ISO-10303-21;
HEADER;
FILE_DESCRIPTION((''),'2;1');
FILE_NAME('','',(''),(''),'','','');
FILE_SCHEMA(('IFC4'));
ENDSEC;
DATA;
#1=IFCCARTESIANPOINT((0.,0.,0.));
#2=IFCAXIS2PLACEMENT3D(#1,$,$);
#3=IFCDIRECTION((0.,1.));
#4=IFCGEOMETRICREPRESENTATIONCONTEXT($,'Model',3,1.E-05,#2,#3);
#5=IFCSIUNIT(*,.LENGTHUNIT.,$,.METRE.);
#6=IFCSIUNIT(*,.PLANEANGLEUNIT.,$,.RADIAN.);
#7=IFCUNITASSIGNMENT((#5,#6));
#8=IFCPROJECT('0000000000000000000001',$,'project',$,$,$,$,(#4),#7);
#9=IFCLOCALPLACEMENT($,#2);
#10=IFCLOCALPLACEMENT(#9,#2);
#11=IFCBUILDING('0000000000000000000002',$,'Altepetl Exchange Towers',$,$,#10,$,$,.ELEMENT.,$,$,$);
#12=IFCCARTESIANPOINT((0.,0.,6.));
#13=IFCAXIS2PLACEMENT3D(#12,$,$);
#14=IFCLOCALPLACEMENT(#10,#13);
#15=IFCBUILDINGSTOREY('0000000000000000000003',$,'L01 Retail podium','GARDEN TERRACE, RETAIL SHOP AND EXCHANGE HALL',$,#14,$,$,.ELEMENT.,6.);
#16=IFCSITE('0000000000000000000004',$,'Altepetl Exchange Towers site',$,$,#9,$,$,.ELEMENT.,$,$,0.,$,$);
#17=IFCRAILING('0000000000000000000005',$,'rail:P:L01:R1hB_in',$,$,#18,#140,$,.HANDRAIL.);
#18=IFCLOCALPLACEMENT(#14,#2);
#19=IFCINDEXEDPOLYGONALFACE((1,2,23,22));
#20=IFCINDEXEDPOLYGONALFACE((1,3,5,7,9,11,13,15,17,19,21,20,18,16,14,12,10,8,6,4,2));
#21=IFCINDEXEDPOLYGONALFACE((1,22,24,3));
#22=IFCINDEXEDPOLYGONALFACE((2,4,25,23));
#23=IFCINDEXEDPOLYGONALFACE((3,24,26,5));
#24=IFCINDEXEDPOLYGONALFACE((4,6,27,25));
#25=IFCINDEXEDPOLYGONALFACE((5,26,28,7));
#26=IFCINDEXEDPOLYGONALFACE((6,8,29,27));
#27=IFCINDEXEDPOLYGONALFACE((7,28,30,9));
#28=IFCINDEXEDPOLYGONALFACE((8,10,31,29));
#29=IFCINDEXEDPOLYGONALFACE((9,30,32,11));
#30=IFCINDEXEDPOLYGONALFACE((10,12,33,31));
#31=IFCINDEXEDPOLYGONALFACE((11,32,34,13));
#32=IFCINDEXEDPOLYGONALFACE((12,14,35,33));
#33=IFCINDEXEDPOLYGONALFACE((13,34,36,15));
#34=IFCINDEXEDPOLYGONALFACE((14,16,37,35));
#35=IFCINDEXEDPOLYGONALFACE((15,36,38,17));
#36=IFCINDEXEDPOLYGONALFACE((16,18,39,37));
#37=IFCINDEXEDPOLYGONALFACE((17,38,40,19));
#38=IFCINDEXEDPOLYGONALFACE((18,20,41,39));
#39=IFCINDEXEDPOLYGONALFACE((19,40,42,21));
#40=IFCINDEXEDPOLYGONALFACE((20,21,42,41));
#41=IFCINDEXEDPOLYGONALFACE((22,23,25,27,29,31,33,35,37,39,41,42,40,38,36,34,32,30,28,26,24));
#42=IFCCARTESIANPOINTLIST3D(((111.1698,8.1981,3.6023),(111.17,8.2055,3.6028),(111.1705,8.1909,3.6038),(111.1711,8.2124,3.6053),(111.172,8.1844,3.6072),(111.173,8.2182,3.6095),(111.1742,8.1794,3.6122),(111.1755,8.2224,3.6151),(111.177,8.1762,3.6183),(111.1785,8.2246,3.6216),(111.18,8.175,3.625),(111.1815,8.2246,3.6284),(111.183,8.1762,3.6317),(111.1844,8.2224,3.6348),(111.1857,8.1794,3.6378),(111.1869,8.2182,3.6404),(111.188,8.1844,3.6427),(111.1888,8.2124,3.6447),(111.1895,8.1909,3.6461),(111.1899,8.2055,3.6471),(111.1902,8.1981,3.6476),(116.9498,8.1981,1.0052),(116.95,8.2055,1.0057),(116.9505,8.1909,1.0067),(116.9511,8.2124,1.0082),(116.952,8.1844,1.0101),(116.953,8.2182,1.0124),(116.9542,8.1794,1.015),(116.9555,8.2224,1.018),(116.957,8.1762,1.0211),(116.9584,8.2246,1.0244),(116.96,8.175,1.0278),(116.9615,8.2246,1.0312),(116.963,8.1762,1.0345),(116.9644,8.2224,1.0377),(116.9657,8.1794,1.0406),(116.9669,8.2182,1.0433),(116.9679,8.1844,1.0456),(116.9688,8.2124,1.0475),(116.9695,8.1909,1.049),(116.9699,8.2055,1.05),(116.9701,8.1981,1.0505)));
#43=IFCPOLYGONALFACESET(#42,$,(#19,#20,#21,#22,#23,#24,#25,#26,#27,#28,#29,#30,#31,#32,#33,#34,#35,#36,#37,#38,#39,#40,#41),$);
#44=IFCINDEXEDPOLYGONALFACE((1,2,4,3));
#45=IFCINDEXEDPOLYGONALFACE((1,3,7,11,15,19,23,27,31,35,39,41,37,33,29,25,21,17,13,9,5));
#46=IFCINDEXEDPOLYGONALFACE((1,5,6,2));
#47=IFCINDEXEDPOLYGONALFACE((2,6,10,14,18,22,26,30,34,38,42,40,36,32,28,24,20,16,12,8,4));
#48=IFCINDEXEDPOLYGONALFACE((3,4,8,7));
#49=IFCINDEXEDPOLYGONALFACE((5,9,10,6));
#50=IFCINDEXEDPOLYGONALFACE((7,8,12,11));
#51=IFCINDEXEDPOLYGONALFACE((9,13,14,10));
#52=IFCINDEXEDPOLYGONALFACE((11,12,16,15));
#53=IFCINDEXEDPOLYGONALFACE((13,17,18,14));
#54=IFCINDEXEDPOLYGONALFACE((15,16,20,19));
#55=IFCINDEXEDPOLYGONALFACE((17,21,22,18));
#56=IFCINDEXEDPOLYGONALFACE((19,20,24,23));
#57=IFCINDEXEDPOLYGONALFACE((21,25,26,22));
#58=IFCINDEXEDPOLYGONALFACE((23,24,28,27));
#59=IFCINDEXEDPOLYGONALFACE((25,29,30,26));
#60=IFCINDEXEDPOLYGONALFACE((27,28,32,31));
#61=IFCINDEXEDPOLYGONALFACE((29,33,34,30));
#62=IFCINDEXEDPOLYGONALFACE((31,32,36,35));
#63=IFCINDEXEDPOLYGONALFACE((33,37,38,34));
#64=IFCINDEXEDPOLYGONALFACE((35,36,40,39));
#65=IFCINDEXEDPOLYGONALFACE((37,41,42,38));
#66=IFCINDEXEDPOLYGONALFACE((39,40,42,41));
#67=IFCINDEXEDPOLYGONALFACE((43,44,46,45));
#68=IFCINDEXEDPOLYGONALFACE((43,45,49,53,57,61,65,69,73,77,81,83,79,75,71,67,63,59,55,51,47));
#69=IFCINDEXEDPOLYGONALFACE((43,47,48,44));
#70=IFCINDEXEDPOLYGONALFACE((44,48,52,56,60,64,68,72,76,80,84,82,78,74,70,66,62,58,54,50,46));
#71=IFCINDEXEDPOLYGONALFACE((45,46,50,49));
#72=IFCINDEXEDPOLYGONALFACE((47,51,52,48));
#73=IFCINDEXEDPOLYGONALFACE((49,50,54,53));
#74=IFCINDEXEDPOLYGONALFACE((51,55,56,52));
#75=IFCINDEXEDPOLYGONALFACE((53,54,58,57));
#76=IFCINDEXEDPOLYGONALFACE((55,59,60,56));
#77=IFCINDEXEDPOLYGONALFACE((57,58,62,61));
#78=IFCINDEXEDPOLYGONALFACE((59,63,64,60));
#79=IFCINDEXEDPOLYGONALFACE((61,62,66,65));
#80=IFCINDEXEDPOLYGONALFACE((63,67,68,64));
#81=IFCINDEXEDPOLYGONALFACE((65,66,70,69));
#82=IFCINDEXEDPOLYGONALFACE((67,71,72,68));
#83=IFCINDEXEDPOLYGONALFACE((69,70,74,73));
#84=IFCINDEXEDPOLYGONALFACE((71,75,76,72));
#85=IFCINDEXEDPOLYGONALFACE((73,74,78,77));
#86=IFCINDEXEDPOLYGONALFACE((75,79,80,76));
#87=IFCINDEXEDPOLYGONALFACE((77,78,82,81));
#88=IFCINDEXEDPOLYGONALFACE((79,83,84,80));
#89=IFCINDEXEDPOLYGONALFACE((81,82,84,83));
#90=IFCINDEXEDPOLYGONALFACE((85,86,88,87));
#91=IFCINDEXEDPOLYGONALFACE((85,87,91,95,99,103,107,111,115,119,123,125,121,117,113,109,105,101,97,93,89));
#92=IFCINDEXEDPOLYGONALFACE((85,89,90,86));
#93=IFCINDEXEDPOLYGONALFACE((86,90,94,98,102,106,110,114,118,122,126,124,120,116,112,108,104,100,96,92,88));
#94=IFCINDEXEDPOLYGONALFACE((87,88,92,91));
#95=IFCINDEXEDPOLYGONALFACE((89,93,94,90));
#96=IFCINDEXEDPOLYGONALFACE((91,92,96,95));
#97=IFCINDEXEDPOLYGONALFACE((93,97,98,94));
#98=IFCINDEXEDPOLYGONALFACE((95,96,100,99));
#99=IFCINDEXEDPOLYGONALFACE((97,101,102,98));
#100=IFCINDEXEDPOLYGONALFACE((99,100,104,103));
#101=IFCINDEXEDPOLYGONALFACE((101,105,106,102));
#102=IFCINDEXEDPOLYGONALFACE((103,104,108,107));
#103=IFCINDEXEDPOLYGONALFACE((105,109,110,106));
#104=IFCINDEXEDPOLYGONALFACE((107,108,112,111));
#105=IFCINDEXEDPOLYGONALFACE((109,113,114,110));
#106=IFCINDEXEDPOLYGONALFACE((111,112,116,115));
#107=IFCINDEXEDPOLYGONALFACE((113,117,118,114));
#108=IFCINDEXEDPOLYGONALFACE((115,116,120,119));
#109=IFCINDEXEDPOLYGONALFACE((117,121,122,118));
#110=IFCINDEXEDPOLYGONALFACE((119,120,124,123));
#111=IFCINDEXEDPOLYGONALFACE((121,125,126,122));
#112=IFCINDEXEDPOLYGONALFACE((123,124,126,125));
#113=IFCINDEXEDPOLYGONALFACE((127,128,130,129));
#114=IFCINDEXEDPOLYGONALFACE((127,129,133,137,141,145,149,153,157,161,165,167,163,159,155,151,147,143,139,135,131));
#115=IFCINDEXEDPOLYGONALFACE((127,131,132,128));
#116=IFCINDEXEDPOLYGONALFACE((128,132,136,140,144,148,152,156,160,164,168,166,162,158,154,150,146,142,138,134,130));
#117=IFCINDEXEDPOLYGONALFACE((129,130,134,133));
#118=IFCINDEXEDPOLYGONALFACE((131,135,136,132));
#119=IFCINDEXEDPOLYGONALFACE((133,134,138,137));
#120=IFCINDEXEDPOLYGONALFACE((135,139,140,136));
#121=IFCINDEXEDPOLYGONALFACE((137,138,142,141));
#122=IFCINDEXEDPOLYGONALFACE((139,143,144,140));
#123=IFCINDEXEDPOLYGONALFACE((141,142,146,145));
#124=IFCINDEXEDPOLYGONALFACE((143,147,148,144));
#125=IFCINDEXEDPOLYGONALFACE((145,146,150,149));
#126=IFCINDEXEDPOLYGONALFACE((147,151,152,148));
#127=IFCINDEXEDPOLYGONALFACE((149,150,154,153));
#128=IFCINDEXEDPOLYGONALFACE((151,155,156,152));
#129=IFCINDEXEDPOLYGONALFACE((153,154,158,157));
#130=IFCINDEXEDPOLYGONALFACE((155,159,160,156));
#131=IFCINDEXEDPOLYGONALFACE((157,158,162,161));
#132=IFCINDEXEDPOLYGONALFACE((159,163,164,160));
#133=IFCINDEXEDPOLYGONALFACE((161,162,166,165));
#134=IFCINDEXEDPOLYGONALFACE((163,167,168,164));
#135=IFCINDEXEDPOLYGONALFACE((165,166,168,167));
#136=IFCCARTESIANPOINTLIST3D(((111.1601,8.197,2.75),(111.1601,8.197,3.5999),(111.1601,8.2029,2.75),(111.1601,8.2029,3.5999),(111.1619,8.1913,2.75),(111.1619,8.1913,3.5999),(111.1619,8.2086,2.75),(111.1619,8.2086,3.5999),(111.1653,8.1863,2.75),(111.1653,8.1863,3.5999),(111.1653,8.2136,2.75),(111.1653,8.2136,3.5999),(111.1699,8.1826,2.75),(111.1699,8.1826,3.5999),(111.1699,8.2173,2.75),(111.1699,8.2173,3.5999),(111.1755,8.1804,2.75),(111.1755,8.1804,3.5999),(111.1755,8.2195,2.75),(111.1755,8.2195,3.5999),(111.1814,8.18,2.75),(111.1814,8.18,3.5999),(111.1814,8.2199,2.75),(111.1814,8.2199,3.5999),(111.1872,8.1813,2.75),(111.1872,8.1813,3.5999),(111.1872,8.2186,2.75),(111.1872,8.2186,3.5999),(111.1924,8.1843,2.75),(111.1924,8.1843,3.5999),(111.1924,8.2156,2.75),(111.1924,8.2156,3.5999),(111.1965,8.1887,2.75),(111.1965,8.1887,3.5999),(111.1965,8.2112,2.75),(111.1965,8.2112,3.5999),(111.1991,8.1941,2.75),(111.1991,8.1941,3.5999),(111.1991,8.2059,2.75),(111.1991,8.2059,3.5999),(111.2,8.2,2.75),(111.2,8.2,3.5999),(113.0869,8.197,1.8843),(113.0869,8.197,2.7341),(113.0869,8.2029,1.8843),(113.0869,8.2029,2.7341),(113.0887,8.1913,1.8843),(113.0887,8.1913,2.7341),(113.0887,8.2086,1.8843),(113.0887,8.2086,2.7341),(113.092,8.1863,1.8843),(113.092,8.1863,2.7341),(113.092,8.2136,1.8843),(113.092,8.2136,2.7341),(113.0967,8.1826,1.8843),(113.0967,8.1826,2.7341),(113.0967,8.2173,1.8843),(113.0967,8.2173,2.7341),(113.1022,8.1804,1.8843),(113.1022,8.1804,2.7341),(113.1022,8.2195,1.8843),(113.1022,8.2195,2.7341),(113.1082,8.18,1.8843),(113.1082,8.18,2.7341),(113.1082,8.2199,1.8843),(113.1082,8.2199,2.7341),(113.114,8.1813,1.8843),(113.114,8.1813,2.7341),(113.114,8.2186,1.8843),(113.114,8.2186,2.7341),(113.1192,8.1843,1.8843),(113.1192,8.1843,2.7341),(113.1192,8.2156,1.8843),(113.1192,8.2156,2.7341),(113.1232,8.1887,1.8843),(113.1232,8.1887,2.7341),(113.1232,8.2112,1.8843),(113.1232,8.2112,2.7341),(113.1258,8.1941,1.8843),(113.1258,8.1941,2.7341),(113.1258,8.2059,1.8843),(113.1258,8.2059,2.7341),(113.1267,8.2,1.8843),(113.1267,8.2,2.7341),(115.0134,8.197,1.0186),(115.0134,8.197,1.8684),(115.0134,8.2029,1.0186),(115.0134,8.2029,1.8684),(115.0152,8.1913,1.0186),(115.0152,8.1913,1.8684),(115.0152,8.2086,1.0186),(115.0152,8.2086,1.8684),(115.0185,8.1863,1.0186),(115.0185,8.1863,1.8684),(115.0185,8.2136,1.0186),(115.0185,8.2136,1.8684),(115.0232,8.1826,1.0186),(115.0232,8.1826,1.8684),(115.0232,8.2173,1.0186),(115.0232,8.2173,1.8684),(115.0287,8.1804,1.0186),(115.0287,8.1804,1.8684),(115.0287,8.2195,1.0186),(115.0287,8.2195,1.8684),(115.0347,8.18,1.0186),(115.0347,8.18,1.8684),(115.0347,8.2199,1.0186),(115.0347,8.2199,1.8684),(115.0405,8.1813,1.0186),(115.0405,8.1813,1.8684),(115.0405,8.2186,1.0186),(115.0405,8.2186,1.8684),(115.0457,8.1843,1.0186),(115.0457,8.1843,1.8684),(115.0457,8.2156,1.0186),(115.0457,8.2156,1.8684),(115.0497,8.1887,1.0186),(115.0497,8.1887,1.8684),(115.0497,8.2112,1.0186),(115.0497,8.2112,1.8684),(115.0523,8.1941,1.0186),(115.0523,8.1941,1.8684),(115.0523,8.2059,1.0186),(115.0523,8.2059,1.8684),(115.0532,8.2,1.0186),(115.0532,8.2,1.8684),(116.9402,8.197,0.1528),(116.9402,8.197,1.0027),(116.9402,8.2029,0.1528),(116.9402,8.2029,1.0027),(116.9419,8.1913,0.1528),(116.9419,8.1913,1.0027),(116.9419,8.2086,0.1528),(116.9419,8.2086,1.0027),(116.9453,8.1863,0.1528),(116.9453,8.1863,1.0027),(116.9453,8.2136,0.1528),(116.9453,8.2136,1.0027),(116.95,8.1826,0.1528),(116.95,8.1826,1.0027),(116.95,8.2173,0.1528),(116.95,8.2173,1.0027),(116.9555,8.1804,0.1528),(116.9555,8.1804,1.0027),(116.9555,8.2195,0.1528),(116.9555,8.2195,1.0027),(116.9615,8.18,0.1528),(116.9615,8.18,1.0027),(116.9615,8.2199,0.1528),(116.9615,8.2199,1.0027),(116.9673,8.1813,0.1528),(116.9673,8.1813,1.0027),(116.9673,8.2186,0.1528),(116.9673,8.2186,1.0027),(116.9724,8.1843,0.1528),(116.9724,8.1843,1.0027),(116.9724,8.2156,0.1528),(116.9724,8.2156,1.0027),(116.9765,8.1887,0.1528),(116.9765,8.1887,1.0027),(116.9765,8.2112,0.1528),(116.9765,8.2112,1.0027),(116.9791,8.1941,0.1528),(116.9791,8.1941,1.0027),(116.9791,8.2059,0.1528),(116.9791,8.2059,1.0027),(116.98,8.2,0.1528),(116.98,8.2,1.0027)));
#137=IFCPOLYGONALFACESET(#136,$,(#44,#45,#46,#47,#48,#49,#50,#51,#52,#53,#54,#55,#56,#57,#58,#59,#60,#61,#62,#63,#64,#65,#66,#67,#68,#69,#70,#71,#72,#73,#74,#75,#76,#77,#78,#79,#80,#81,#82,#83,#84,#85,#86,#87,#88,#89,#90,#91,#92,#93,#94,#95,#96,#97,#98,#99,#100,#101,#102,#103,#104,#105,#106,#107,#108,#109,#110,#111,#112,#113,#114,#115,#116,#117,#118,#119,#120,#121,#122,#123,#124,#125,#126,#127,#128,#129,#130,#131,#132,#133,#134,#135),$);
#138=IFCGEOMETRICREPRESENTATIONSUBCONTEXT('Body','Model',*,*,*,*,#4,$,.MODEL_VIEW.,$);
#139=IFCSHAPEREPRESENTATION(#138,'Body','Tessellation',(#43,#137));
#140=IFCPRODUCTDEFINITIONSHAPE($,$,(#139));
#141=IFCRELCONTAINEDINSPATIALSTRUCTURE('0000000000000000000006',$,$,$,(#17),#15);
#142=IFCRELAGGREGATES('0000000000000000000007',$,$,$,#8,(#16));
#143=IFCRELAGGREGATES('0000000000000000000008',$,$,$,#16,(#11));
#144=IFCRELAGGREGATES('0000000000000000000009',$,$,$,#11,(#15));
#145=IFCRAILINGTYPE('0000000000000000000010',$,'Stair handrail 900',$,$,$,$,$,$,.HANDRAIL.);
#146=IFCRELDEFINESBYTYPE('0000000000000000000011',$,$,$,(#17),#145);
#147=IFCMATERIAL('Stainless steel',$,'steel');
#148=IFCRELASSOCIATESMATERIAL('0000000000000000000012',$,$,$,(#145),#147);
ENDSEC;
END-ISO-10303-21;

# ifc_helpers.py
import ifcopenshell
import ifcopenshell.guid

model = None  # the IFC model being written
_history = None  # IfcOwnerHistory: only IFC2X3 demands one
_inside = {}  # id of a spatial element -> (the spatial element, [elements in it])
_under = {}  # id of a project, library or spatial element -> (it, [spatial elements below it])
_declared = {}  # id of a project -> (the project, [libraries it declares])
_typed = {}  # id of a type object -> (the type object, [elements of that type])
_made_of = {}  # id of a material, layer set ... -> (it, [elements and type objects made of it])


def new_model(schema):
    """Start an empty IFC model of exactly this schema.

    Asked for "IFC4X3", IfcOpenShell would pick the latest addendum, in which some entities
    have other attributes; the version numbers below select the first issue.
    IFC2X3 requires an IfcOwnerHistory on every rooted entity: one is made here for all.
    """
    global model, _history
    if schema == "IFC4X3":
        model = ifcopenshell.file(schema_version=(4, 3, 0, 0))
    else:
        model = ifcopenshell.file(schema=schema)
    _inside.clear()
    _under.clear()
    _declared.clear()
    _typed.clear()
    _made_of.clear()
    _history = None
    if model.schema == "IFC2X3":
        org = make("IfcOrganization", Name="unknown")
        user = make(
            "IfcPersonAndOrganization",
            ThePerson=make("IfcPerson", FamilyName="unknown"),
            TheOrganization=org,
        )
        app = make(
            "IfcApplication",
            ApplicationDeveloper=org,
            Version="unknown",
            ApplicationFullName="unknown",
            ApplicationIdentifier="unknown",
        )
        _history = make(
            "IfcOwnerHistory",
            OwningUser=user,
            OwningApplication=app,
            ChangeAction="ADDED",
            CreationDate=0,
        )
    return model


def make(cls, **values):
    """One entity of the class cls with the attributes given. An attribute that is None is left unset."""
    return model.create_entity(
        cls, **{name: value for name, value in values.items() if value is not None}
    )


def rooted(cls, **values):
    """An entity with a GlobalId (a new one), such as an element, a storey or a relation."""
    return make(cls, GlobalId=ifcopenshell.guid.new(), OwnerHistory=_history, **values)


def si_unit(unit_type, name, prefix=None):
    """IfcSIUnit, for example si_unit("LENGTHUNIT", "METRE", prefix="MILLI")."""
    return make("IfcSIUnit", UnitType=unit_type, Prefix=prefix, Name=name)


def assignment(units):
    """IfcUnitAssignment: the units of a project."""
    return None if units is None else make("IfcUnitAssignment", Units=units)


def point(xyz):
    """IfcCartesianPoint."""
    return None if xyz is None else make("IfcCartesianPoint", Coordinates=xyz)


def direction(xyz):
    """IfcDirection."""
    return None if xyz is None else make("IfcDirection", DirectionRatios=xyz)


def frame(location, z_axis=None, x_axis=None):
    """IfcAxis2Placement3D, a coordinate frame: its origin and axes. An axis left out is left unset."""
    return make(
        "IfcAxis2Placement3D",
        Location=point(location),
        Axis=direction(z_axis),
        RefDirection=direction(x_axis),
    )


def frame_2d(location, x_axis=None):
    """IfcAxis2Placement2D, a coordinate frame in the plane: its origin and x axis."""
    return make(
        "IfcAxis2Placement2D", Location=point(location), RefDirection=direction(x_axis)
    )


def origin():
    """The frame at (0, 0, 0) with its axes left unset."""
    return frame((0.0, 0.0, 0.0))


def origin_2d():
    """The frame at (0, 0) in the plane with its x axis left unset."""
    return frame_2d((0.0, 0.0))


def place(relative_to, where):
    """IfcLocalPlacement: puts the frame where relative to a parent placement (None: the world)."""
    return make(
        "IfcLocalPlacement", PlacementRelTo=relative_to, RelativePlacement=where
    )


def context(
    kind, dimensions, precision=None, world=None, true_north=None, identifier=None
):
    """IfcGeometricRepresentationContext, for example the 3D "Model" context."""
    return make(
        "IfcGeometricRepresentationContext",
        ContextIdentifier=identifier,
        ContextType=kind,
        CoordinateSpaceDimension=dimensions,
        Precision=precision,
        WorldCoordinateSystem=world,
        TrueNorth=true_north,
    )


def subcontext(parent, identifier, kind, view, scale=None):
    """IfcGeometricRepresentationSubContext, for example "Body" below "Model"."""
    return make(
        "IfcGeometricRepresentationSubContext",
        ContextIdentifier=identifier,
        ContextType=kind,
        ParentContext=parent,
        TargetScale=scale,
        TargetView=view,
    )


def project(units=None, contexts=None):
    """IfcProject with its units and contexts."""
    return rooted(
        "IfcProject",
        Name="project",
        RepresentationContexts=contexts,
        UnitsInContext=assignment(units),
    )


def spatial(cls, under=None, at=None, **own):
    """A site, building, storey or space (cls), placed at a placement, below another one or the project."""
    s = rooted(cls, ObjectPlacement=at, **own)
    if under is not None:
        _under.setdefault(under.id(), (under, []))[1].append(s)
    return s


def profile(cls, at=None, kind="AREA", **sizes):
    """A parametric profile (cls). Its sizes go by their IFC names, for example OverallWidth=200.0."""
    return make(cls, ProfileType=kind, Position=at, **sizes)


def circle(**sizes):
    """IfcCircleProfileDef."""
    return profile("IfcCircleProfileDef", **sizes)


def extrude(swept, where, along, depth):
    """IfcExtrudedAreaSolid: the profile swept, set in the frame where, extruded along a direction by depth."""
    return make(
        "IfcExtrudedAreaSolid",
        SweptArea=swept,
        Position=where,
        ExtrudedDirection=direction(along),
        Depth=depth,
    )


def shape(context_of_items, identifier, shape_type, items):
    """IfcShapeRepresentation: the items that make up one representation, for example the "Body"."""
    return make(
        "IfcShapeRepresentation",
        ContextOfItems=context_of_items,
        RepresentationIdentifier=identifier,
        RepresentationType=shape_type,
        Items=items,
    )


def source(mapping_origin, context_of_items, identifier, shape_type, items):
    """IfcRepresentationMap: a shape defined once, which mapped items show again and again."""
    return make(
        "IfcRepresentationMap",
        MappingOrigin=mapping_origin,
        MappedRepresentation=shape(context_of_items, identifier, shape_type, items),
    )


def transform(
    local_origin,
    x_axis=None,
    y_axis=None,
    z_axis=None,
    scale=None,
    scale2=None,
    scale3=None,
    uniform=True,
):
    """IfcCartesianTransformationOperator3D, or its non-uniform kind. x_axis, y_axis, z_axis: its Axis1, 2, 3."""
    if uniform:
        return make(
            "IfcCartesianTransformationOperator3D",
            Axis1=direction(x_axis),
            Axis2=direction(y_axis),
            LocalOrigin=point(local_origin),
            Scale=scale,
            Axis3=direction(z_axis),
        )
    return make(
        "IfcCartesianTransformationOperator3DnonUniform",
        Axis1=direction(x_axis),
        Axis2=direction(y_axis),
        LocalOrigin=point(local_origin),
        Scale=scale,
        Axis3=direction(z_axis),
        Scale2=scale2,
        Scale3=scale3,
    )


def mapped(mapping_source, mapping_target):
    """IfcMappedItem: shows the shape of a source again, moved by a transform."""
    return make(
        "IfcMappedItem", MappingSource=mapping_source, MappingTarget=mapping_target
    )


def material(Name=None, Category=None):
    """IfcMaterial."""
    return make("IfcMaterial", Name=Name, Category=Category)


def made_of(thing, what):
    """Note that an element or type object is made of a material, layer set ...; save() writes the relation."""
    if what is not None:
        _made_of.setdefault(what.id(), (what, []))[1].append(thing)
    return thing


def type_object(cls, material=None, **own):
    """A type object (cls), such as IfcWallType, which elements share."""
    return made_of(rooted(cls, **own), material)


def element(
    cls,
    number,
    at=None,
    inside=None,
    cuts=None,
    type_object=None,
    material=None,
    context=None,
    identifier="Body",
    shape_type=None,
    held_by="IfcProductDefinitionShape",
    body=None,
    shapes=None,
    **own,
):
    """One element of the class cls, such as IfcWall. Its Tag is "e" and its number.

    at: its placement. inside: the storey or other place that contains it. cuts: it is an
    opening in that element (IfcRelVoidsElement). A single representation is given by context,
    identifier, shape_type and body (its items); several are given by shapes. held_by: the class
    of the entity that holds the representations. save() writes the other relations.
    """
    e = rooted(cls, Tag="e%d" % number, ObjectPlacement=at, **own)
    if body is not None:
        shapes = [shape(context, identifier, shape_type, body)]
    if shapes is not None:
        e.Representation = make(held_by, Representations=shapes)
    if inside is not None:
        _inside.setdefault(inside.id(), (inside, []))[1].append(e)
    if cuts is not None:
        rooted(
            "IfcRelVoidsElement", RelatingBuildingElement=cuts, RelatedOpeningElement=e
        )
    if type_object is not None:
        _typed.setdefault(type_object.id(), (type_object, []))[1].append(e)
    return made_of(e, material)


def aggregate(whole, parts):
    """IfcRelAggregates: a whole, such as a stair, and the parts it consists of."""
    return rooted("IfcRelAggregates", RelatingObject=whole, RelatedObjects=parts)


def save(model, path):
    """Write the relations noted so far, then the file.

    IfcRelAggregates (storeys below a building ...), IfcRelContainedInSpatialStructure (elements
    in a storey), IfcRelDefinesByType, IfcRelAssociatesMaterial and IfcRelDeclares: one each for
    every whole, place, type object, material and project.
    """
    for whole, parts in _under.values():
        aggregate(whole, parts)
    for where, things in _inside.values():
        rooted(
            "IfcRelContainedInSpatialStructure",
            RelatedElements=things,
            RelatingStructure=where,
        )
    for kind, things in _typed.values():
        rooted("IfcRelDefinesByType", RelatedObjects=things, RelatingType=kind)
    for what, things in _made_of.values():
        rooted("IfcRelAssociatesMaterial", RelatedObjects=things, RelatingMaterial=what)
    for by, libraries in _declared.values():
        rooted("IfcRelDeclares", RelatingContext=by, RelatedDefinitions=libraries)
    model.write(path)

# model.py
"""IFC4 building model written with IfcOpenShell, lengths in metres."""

from ifc_helpers import new_model, si_unit, direction, frame, origin, origin_2d, place, context, subcontext, project, spatial, circle, extrude, source, transform, mapped, material, type_object, element, save


model = new_model("IFC4")

# Units and contexts
model_context = context("Model", 3, precision=1e-05, world=origin(), true_north=direction((0.0, 1.0)))
body_context = subcontext(model_context, "Body", "Model", "MODEL_VIEW")
ifc_project = project(units=[si_unit("LENGTHUNIT", "METRE"), si_unit("PLANEANGLEUNIT", "RADIAN")], contexts=[model_context])

# Site, building, storey
site_placement = place(None, origin())
site = spatial("IfcSite", under=ifc_project, at=site_placement, Name="Altepetl Exchange Towers site", CompositionType="ELEMENT", RefElevation=0.0)
building_placement = place(site_placement, origin())
building = spatial("IfcBuilding", under=site, at=building_placement, Name="Altepetl Exchange Towers", CompositionType="ELEMENT")
storey_placement = place(building_placement, frame((0.0, 0.0, 6.0)))
storey = spatial("IfcBuildingStorey", under=building, at=storey_placement, Name="L01 Retail podium", Description="GARDEN TERRACE, RETAIL SHOP AND EXCHANGE HALL", CompositionType="ELEMENT", Elevation=6.0)

# Railing
ifc_material_1 = material(Name="Stainless steel", Category="steel")
railing_type_1 = type_object("IfcRailingType", Name="Stair handrail 900", PredefinedType="HANDRAIL", material=ifc_material_1)
shared_shape_1 = source(origin(), body_context, "Body", "SweptSolid", [
    extrude(circle(Radius=0.02, at=origin_2d()), origin(), (0.0, 0.0, 1.0), 0.8499),
])
for number, where, name in (
    (1, (116.96, 8.2, 0.1528), "rail:P:L01:R1hB_in"),
):
    element("IfcRailing", number, at=place(storey_placement, frame(where)), inside=storey, type_object=railing_type_1, Name=name, PredefinedType="HANDRAIL", context=body_context, shape_type="SweptSolid", body=[
        extrude(circle(Radius=0.0249, at=origin_2d()), frame((0.0, 0.0, 0.875), z_axis=(-0.912148, 0.0, 0.40986), x_axis=(0.0, -1.0, 0.0)), (0.0, 0.0, 1.0), 6.3367),
        mapped(shared_shape_1, transform((0.0, 0.0, 0.0))),
        mapped(shared_shape_1, transform((-1.9268, 0.0, 0.8657))),
        mapped(shared_shape_1, transform((-3.8533, 0.0, 1.7314))),
        mapped(shared_shape_1, transform((-5.78, 0.0, 2.5972))),
    ])

save(model, "model.ifc")
